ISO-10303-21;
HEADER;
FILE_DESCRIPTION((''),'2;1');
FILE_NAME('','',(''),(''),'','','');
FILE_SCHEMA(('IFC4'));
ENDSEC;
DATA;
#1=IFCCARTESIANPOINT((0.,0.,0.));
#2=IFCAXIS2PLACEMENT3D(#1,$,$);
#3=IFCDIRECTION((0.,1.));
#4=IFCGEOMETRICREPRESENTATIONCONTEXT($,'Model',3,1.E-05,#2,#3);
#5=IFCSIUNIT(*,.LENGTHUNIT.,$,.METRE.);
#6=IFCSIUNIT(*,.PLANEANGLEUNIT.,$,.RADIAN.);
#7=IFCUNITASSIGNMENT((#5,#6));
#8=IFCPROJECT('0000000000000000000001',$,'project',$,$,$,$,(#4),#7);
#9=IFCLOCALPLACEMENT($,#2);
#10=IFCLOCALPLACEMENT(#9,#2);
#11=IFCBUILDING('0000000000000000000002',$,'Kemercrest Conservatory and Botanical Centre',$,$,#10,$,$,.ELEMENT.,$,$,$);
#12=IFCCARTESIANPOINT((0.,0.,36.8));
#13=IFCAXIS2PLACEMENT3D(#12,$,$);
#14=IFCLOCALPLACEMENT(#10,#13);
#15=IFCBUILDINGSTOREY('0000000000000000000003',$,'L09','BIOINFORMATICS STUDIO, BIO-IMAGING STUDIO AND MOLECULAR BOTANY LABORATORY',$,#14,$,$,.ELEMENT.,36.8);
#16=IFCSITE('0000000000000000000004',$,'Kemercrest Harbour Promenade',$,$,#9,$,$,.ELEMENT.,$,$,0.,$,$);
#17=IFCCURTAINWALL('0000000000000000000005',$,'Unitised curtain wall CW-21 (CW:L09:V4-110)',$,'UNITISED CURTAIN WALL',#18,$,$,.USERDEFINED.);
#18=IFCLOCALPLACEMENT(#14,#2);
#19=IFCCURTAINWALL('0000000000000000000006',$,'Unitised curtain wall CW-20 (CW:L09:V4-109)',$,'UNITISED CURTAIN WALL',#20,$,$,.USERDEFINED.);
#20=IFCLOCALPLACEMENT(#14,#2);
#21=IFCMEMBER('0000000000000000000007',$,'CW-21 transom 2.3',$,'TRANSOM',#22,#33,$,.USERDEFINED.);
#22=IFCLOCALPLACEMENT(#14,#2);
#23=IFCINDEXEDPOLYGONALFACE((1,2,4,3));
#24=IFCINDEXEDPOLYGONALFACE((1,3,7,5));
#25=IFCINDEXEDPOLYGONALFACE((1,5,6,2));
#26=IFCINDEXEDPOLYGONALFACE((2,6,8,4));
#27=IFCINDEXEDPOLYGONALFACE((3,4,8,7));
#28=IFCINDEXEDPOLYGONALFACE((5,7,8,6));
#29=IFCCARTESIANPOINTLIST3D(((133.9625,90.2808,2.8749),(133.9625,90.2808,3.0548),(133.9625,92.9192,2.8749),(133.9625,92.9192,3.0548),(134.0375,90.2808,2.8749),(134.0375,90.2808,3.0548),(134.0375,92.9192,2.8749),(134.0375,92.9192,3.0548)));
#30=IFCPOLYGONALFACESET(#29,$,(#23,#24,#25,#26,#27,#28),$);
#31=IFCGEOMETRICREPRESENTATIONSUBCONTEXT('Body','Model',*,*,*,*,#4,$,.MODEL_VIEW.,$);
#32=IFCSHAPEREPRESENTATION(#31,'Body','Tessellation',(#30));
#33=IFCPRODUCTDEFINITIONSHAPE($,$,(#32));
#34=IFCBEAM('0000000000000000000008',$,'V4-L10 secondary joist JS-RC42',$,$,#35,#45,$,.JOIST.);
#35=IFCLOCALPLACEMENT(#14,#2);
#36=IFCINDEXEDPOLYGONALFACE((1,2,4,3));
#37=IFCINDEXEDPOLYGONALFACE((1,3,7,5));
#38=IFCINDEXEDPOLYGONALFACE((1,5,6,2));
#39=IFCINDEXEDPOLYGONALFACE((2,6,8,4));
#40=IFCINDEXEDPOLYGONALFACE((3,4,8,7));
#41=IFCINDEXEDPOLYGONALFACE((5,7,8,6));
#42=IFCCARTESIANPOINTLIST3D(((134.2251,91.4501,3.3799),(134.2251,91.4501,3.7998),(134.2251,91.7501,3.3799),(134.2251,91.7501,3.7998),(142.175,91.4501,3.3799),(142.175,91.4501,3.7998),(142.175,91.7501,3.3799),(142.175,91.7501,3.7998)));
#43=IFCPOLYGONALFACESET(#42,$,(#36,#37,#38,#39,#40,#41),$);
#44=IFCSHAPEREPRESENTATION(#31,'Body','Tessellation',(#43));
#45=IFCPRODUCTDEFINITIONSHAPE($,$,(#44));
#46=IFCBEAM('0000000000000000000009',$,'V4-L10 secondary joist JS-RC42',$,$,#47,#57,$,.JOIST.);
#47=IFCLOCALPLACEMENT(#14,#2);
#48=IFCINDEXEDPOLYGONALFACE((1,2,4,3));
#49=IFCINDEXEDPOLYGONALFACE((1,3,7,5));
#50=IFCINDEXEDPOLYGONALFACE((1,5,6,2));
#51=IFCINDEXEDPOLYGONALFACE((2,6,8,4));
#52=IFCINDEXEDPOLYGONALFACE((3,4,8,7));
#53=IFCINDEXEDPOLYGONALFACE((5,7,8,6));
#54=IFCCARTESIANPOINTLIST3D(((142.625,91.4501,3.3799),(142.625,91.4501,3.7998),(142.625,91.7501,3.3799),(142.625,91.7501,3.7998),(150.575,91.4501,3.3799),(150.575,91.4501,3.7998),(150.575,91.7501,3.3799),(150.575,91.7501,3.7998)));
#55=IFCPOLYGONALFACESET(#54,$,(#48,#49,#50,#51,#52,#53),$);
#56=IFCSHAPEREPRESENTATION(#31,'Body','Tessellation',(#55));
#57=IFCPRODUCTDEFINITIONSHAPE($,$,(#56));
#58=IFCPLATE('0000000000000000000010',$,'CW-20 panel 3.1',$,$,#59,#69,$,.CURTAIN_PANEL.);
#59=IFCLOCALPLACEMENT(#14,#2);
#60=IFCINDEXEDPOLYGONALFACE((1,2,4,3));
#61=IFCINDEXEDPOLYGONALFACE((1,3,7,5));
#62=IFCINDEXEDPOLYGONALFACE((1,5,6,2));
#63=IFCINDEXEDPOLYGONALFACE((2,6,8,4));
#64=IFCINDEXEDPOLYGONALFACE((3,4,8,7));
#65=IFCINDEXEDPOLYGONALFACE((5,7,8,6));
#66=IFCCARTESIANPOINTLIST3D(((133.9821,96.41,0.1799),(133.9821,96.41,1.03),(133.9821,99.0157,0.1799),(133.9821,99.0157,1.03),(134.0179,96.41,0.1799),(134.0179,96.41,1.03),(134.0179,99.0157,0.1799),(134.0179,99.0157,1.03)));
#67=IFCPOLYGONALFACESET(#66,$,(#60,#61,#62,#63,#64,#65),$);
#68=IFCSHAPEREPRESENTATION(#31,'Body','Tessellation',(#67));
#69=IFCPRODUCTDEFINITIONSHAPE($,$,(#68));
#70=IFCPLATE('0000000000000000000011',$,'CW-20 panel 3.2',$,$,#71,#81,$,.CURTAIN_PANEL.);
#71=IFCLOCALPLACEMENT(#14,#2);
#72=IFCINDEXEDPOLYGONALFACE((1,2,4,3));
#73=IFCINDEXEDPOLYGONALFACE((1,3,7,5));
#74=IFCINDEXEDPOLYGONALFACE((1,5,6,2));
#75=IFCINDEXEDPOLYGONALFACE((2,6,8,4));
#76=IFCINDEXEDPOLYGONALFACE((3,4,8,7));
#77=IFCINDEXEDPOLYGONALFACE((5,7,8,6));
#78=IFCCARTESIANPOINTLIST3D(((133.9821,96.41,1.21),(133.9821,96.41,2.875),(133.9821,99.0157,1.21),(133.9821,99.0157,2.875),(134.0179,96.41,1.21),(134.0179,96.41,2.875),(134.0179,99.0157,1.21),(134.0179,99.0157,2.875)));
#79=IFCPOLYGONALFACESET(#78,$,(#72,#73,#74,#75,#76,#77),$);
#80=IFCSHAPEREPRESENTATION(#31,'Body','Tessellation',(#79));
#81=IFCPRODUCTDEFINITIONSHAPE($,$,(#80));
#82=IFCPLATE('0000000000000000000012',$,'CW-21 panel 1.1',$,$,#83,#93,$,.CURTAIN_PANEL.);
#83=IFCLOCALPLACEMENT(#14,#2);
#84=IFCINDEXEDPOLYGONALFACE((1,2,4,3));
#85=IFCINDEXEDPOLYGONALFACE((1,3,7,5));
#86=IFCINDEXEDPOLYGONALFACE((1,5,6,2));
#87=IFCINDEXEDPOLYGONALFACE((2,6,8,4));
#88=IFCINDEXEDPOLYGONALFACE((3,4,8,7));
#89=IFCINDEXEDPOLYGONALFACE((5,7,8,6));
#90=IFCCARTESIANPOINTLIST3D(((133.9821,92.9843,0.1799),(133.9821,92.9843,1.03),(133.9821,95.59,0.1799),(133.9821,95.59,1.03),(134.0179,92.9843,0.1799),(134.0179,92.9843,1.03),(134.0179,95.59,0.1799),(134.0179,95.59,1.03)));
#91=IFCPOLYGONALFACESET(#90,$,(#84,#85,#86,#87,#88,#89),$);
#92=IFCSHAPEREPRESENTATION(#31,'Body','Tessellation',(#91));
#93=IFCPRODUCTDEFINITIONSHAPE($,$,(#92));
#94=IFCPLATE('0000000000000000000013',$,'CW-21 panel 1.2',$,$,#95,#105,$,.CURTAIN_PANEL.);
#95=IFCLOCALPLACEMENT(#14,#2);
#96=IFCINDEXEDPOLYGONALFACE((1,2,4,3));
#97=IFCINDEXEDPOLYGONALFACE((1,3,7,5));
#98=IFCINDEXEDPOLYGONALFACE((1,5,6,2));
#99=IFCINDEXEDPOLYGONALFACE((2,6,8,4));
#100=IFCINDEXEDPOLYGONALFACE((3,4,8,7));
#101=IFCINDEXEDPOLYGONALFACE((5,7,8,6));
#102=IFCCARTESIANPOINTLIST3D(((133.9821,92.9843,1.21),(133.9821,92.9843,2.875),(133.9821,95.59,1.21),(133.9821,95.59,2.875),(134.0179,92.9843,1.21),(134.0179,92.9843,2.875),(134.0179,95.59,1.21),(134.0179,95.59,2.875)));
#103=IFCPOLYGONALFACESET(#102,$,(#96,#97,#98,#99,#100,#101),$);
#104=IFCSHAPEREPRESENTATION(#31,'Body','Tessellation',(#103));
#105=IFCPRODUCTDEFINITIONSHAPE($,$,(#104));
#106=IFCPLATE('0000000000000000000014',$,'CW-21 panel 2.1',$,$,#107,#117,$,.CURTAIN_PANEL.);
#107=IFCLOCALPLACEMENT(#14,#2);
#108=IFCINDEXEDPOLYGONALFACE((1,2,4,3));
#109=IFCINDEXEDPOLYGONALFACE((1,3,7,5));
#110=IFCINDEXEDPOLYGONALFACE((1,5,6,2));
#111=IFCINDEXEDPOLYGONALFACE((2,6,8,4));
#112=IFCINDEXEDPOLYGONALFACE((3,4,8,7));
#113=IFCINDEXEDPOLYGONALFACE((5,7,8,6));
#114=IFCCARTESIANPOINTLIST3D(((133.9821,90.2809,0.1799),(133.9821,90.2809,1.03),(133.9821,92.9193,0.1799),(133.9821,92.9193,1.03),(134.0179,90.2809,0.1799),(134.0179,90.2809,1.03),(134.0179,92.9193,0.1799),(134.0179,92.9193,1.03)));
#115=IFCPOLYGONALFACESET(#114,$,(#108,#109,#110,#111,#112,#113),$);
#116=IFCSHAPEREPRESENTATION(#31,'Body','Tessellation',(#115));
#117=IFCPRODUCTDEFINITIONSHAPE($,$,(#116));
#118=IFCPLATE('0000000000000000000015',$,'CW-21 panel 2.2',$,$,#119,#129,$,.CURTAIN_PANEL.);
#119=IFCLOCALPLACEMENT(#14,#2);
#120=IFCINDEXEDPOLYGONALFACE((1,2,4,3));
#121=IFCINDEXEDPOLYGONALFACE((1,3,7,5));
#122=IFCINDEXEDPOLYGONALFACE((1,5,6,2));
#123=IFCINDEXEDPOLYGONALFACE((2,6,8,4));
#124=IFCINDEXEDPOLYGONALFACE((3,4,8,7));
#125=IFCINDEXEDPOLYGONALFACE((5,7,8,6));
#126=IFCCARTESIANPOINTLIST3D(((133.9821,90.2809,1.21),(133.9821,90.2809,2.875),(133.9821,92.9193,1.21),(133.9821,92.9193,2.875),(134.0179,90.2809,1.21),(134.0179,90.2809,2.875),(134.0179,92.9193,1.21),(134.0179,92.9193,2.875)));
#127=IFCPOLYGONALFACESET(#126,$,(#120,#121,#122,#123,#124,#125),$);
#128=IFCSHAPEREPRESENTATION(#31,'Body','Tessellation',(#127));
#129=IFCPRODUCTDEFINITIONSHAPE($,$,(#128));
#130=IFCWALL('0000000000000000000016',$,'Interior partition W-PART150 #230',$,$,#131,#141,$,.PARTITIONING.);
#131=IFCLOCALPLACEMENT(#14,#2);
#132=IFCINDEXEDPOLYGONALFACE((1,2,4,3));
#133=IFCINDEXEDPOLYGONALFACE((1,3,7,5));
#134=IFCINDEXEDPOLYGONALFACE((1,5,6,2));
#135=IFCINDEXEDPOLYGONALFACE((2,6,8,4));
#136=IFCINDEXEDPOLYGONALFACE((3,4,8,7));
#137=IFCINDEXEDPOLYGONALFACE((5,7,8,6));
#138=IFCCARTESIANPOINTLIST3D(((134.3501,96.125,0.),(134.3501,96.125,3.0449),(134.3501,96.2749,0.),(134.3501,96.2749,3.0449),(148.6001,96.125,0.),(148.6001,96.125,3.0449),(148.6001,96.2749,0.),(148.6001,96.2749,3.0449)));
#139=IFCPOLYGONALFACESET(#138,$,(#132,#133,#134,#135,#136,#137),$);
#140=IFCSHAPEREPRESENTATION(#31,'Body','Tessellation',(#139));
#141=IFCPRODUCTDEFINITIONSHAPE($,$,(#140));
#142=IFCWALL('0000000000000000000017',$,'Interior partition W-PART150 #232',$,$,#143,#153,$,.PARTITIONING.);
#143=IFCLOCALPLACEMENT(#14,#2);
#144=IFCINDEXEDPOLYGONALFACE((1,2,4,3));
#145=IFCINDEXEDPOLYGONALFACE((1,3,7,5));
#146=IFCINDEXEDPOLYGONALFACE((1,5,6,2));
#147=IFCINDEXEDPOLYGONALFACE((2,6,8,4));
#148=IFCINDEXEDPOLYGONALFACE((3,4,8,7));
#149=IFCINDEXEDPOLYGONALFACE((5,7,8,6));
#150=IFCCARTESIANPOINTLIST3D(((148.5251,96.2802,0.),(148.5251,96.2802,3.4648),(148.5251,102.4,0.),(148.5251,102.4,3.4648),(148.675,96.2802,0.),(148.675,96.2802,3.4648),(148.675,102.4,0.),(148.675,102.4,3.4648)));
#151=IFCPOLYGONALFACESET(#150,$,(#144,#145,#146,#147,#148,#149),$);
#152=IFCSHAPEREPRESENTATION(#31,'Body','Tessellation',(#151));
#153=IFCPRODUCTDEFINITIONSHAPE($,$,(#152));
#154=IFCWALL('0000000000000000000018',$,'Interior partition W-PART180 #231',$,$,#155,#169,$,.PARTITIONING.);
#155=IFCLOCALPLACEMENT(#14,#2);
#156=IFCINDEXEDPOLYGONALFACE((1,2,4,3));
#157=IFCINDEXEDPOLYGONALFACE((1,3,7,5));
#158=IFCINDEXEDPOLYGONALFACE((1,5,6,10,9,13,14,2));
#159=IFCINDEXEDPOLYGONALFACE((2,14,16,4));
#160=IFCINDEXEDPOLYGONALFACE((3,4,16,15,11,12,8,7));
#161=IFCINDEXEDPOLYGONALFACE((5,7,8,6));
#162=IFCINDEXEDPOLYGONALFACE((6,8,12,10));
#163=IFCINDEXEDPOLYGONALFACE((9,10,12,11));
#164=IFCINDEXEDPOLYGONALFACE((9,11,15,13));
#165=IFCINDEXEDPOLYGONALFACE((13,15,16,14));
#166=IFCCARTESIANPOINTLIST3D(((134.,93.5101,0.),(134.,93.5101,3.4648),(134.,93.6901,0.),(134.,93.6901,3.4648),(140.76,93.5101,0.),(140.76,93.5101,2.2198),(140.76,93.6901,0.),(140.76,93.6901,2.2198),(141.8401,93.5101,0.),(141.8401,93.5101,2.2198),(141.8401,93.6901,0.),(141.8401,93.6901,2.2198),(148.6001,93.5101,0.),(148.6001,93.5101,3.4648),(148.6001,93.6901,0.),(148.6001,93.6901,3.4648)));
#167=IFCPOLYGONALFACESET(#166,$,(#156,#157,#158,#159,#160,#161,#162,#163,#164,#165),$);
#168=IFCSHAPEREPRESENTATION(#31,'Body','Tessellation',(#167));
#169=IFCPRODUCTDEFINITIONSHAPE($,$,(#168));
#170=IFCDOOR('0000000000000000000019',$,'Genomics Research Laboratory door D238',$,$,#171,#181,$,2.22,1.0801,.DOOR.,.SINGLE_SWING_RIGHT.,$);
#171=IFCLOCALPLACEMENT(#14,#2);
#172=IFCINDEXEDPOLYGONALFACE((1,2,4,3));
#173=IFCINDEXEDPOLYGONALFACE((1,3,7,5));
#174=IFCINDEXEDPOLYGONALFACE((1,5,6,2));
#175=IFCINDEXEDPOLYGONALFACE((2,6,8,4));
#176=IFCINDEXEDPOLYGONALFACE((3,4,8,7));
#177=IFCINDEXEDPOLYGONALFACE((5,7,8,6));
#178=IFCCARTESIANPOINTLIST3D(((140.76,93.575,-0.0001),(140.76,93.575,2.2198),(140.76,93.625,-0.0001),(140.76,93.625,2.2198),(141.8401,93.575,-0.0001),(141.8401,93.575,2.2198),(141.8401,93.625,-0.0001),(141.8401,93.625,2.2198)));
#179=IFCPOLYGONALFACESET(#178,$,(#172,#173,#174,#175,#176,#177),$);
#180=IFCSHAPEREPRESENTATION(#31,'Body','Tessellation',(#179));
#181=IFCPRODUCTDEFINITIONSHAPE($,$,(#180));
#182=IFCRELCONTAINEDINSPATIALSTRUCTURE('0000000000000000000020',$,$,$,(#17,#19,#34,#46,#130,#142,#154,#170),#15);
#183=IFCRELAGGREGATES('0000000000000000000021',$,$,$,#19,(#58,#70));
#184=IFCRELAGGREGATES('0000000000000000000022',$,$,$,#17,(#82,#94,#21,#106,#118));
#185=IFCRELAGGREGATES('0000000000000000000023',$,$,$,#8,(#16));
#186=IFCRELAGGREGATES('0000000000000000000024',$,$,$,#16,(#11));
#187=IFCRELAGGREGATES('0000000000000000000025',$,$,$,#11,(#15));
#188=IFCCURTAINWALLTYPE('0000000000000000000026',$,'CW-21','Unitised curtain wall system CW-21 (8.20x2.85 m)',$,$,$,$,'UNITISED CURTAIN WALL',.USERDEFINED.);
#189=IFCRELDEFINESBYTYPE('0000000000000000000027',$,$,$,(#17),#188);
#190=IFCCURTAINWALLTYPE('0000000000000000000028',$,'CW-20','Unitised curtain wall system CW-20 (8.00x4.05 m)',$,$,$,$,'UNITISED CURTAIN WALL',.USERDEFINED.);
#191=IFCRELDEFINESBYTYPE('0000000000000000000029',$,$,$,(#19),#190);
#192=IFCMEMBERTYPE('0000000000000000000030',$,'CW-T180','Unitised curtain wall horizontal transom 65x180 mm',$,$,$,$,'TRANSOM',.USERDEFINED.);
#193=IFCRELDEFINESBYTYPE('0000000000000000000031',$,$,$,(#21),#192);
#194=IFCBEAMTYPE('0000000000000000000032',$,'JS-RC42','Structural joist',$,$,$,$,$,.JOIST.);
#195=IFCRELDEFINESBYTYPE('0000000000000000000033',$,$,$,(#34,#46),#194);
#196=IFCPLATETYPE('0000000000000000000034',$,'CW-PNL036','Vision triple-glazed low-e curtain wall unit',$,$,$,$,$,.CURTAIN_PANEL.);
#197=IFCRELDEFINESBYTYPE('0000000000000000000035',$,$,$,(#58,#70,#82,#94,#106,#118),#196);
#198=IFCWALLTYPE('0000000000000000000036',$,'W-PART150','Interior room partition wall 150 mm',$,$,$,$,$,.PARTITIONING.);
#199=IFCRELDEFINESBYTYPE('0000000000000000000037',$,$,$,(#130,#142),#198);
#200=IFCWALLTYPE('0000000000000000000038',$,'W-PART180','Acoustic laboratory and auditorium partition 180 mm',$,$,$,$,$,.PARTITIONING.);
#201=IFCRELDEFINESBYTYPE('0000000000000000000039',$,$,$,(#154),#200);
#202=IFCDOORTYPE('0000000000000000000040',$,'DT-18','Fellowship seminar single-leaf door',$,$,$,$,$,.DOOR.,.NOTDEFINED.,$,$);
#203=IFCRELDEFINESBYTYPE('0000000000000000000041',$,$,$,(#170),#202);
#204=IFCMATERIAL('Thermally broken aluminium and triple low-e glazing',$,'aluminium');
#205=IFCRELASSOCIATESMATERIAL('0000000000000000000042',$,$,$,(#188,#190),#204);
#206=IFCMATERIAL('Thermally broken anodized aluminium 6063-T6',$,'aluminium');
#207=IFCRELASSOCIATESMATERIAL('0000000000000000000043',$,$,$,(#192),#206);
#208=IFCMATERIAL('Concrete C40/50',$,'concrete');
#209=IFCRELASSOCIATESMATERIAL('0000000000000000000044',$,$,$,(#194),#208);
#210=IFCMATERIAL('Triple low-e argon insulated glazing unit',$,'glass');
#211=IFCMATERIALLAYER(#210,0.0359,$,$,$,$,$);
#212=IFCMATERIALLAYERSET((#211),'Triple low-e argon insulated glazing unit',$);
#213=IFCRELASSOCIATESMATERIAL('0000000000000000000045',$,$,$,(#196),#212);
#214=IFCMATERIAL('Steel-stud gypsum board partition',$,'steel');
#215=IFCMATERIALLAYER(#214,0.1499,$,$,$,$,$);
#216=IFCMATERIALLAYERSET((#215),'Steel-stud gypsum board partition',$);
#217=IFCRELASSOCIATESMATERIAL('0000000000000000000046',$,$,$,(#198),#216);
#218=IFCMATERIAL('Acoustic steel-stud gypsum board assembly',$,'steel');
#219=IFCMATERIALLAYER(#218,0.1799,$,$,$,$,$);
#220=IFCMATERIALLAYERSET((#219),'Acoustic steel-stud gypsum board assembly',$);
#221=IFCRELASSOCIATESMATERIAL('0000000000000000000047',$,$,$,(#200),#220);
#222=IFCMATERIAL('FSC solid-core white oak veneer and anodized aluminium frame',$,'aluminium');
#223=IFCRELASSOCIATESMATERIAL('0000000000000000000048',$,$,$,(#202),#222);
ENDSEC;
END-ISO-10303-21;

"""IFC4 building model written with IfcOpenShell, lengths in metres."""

from ifc_helpers import new_model, si_unit, direction, frame, frame_2d, origin, origin_2d, place, context, subcontext, project, spatial, rectangle, extrude, material, layer, layer_set, material_profile, profile_set, type_object, element, fill, aggregate, save


model = new_model("IFC4")

# Units and contexts
model_context = context("Model", 3, precision=1e-05, world=origin(), true_north=direction((0.0, 1.0)))
body_context = subcontext(model_context, "Body", "Model", "MODEL_VIEW")
ifc_project = project(units=[si_unit("LENGTHUNIT", "METRE"), si_unit("PLANEANGLEUNIT", "RADIAN")], contexts=[model_context])

# Site, building, storey
site_placement = place(None, origin())
site = spatial("IfcSite", under=ifc_project, at=site_placement, Name="Kemercrest Harbour Promenade", CompositionType="ELEMENT", RefElevation=0.0)
building_placement = place(site_placement, origin())
building = spatial("IfcBuilding", under=site, at=building_placement, Name="Kemercrest Conservatory and Botanical Centre", CompositionType="ELEMENT")
storey_placement = place(building_placement, frame((0.0, 0.0, 36.8)))
storey = spatial("IfcBuildingStorey", under=building, at=storey_placement, Name="L09", Description="BIOINFORMATICS STUDIO, BIO-IMAGING STUDIO AND MOLECULAR BOTANY LABORATORY", CompositionType="ELEMENT", Elevation=36.8)

# Shared definitions
ifc_material_1 = material(Name="Concrete C40/50", Category="concrete")

# Curtain walls
ifc_material_2 = material(Name="Thermally broken aluminium and triple low-e glazing", Category="aluminium")
curtain_wall_type_1 = type_object("IfcCurtainWallType", Name="CW-21", Description="Unitised curtain wall system CW-21 (8.20x2.85 m)", ElementType="UNITISED CURTAIN WALL", PredefinedType="USERDEFINED", material=ifc_material_2)
curtain_wall_1_placement = place(storey_placement, origin())
curtain_wall_1 = element("IfcCurtainWall", 1, at=curtain_wall_1_placement, inside=storey, type_object=curtain_wall_type_1, Name="Unitised curtain wall CW-21 (CW:L09:V4-110)", ObjectType="UNITISED CURTAIN WALL", PredefinedType="USERDEFINED")
ifc_material_3 = material(Name="Thermally broken anodized aluminium 6063-T6", Category="aluminium")
curtain_wall_type_2 = type_object("IfcCurtainWallType", Name="CW-20", Description="Unitised curtain wall system CW-20 (8.00x4.05 m)", ElementType="UNITISED CURTAIN WALL", PredefinedType="USERDEFINED", material=ifc_material_2)
curtain_wall_2_placement = place(storey_placement, origin())
curtain_wall_2 = element("IfcCurtainWall", 2, at=curtain_wall_2_placement, inside=storey, type_object=curtain_wall_type_2, Name="Unitised curtain wall CW-20 (CW:L09:V4-109)", ObjectType="UNITISED CURTAIN WALL", PredefinedType="USERDEFINED")
ifc_material_profile_1 = material_profile(ifc_material_3, rectangle(XDim=0.075, YDim=0.1799, at=origin_2d()), Name="AL TRANSOM 75x180")
ifc_profile_set_1 = profile_set([ifc_material_profile_1], Name="Thermally broken anodized aluminium 6063-T6")
member_type_1 = type_object("IfcMemberType", Name="CW-T180", Description="Unitised curtain wall horizontal transom 65x180 mm", ElementType="TRANSOM", PredefinedType="USERDEFINED", material=ifc_profile_set_1)

# Member
member_1_placement = place(storey_placement, frame((134.0, 92.9192, 2.9648), z_axis=(0.0, -1.0, 0.0), x_axis=(1.0, 0.0, 0.0)))
member_1 = element("IfcMember", 3, at=member_1_placement, type_object=member_type_1, Name="CW-21 transom 2.3", ObjectType="TRANSOM", PredefinedType="USERDEFINED", context=body_context, shape_type="SweptSolid", body=[
    extrude(rectangle(XDim=0.075, YDim=0.1799, at=origin_2d()), origin(), (0.0, 0.0, 1.0), 2.6384),
])

# Beams
ifc_material_profile_2 = material_profile(ifc_material_1, rectangle(XDim=0.3, YDim=0.4199, at=origin_2d()), Name="RC 300x420")
ifc_profile_set_2 = profile_set([ifc_material_profile_2], Name="Concrete C40/50")
beam_type_1 = type_object("IfcBeamType", Name="JS-RC42", Description="Structural joist", PredefinedType="JOIST", material=ifc_profile_set_2)
for number, where, z_axis, x_axis, name in (
    (4, (134.2251, 91.6001, 3.5898), (1.0, 0.0, 0.0), (0.0, 1.0, 0.0), "V4-L10 secondary joist JS-RC42"),
    (5, (142.625, 91.6001, 3.5898), (1.0, 0.0, 0.0), (0.0, 1.0, 0.0), "V4-L10 secondary joist JS-RC42"),
):
    element("IfcBeam", number, at=place(storey_placement, frame(where, z_axis=z_axis, x_axis=x_axis)), inside=storey, type_object=beam_type_1, Name=name, PredefinedType="JOIST", context=body_context, shape_type="SweptSolid", body=[
        extrude(rectangle(XDim=0.3, YDim=0.4199, at=origin_2d()), origin(), (0.0, 0.0, 1.0), 7.95),
    ])

# Plates
ifc_material_4 = material(Name="Triple low-e argon insulated glazing unit", Category="glass")
ifc_layer_1 = layer(ifc_material_4, 0.0359)
ifc_layer_set_1 = layer_set([ifc_layer_1], Name="Triple low-e argon insulated glazing unit")
plate_type = type_object("IfcPlateType", Name="CW-PNL036", Description="Vision triple-glazed low-e curtain wall unit", PredefinedType="CURTAIN_PANEL", material=ifc_layer_set_1)
plate_1_placement = place(storey_placement, frame((134.0, 97.7129, 0.1799), z_axis=(0.0, 0.0, 1.0), x_axis=(0.0, -1.0, 0.0)))
plate_1 = element("IfcPlate", 6, at=plate_1_placement, type_object=plate_type, Name="CW-20 panel 3.1", PredefinedType="CURTAIN_PANEL", context=body_context, shape_type="SweptSolid", body=[
    extrude(rectangle(XDim=2.6057, YDim=0.0359, at=origin_2d()), origin(), (0.0, 0.0, 1.0), 0.8501),
])
plate_2_placement = place(storey_placement, frame((134.0, 97.7129, 1.21), z_axis=(0.0, 0.0, 1.0), x_axis=(0.0, -1.0, 0.0)))
plate_2 = element("IfcPlate", 7, at=plate_2_placement, type_object=plate_type, Name="CW-20 panel 3.2", PredefinedType="CURTAIN_PANEL", context=body_context, shape_type="SweptSolid", body=[
    extrude(rectangle(XDim=2.6057, YDim=0.0359, at=origin_2d()), origin(), (0.0, 0.0, 1.0), 1.665),
])
aggregate(curtain_wall_2, [plate_1, plate_2])
plate_3_placement = place(storey_placement, frame((134.0, 94.2871, 0.1799), z_axis=(0.0, 0.0, 1.0), x_axis=(0.0, -1.0, 0.0)))
plate_3 = element("IfcPlate", 8, at=plate_3_placement, type_object=plate_type, Name="CW-21 panel 1.1", PredefinedType="CURTAIN_PANEL", context=body_context, shape_type="SweptSolid", body=[
    extrude(rectangle(XDim=2.6057, YDim=0.0359, at=origin_2d()), origin(), (0.0, 0.0, 1.0), 0.8501),
])
plate_4_placement = place(storey_placement, frame((134.0, 94.2871, 1.21), z_axis=(0.0, 0.0, 1.0), x_axis=(0.0, -1.0, 0.0)))
plate_4 = element("IfcPlate", 9, at=plate_4_placement, type_object=plate_type, Name="CW-21 panel 1.2", PredefinedType="CURTAIN_PANEL", context=body_context, shape_type="SweptSolid", body=[
    extrude(rectangle(XDim=2.6057, YDim=0.0359, at=origin_2d()), origin(), (0.0, 0.0, 1.0), 1.665),
])
plate_5_placement = place(storey_placement, frame((134.0, 91.6001, 0.1799), z_axis=(0.0, 0.0, 1.0), x_axis=(0.0, -1.0, 0.0)))
plate_5 = element("IfcPlate", 10, at=plate_5_placement, type_object=plate_type, Name="CW-21 panel 2.1", PredefinedType="CURTAIN_PANEL", context=body_context, shape_type="SweptSolid", body=[
    extrude(rectangle(XDim=2.6384, YDim=0.0359, at=origin_2d()), origin(), (0.0, 0.0, 1.0), 0.8501),
])
plate_6_placement = place(storey_placement, frame((134.0, 91.6001, 1.21), z_axis=(0.0, 0.0, 1.0), x_axis=(0.0, -1.0, 0.0)))
plate_6 = element("IfcPlate", 11, at=plate_6_placement, type_object=plate_type, Name="CW-21 panel 2.2", PredefinedType="CURTAIN_PANEL", context=body_context, shape_type="SweptSolid", body=[
    extrude(rectangle(XDim=2.6384, YDim=0.0359, at=origin_2d()), origin(), (0.0, 0.0, 1.0), 1.665),
])
aggregate(curtain_wall_1, [plate_3, plate_4, member_1, plate_5, plate_6])

# Walls
ifc_material_5 = material(Name="Steel-stud gypsum board partition", Category="steel")
ifc_layer_2 = layer(ifc_material_5, 0.1499)
ifc_layer_set_2 = layer_set([ifc_layer_2], Name="Steel-stud gypsum board partition")
wall_type_1 = type_object("IfcWallType", Name="W-PART150", Description="Interior room partition wall 150 mm", PredefinedType="PARTITIONING", material=ifc_layer_set_2)
wall_1_placement = place(storey_placement, frame((134.3501, 96.2, 0.0), z_axis=(0.0, 0.0, 1.0), x_axis=(1.0, 0.0, 0.0)))
element("IfcWall", 12, at=wall_1_placement, inside=storey, type_object=wall_type_1, Name="Interior partition W-PART150 #230", PredefinedType="PARTITIONING", context=body_context, shape_type="SweptSolid", body=[
    extrude(rectangle(XDim=14.25, YDim=0.1499, at=frame_2d((7.125, 0.0))), origin(), (0.0, 0.0, 1.0), 3.0449),
])
wall_2_placement = place(storey_placement, frame((148.6001, 96.28, 0.0), z_axis=(0.0, 0.0, 1.0), x_axis=(0.0, 1.0, 0.0)))
element("IfcWall", 13, at=wall_2_placement, inside=storey, type_object=wall_type_1, Name="Interior partition W-PART150 #232", PredefinedType="PARTITIONING", context=body_context, shape_type="SweptSolid", body=[
    extrude(rectangle(XDim=6.1199, YDim=0.1499, at=frame_2d((3.0601, 0.0))), origin(), (0.0, 0.0, 1.0), 3.4648),
])

# Wall, opening, door
ifc_material_6 = material(Name="Acoustic steel-stud gypsum board assembly", Category="steel")
ifc_layer_3 = layer(ifc_material_6, 0.1799)
ifc_layer_set_3 = layer_set([ifc_layer_3], Name="Acoustic steel-stud gypsum board assembly")
wall_type_2 = type_object("IfcWallType", Name="W-PART180", Description="Acoustic laboratory and auditorium partition 180 mm", PredefinedType="PARTITIONING", material=ifc_layer_set_3)
wall_3_placement = place(storey_placement, frame((134.0, 93.6001, 0.0), z_axis=(0.0, 0.0, 1.0), x_axis=(1.0, 0.0, 0.0)))
wall_3 = element("IfcWall", 14, at=wall_3_placement, inside=storey, type_object=wall_type_2, Name="Interior partition W-PART180 #231", PredefinedType="PARTITIONING", context=body_context, shape_type="SweptSolid", body=[
    extrude(rectangle(XDim=14.6001, YDim=0.1799, at=frame_2d((7.3, 0.0))), origin(), (0.0, 0.0, 1.0), 3.4648),
])
opening_placement = place(wall_3_placement, frame((6.76, 0.0, 0.0)))
opening = element("IfcOpeningElement", 15, at=opening_placement, cuts=wall_3, PredefinedType="OPENING", context=body_context, shape_type="SweptSolid", body=[
    extrude(rectangle(XDim=1.0801, YDim=2.22, at=frame_2d((0.54, 1.1099))), frame((0.0, 0.1001, 0.0), z_axis=(0.0, -1.0, 0.0), x_axis=(1.0, 0.0, 0.0)), (0.0, 0.0, 1.0), 0.2),
])
ifc_material_7 = material(Name="FSC solid-core white oak veneer and anodized aluminium frame", Category="aluminium")
door_type = type_object("IfcDoorType", Name="DT-18", Description="Fellowship seminar single-leaf door", OperationType="NOTDEFINED", PredefinedType="DOOR", material=ifc_material_7)
door_placement = place(opening_placement, origin())
door = element("IfcDoor", 16, at=door_placement, inside=storey, type_object=door_type, Name="Genomics Research Laboratory door D238", OperationType="SINGLE_SWING_RIGHT", OverallHeight=2.22, OverallWidth=1.0801, PredefinedType="DOOR", context=body_context, shape_type="SweptSolid", body=[
    extrude(rectangle(XDim=1.0801, YDim=2.22, at=frame_2d((0.54, 1.1099))), frame((0.0, 0.0249, 0.0), z_axis=(0.0, -1.0, 0.0), x_axis=(1.0, 0.0, 0.0)), (0.0, 0.0, 1.0), 0.05),
])
fill(opening, door)

save(model, "model.ifc")
